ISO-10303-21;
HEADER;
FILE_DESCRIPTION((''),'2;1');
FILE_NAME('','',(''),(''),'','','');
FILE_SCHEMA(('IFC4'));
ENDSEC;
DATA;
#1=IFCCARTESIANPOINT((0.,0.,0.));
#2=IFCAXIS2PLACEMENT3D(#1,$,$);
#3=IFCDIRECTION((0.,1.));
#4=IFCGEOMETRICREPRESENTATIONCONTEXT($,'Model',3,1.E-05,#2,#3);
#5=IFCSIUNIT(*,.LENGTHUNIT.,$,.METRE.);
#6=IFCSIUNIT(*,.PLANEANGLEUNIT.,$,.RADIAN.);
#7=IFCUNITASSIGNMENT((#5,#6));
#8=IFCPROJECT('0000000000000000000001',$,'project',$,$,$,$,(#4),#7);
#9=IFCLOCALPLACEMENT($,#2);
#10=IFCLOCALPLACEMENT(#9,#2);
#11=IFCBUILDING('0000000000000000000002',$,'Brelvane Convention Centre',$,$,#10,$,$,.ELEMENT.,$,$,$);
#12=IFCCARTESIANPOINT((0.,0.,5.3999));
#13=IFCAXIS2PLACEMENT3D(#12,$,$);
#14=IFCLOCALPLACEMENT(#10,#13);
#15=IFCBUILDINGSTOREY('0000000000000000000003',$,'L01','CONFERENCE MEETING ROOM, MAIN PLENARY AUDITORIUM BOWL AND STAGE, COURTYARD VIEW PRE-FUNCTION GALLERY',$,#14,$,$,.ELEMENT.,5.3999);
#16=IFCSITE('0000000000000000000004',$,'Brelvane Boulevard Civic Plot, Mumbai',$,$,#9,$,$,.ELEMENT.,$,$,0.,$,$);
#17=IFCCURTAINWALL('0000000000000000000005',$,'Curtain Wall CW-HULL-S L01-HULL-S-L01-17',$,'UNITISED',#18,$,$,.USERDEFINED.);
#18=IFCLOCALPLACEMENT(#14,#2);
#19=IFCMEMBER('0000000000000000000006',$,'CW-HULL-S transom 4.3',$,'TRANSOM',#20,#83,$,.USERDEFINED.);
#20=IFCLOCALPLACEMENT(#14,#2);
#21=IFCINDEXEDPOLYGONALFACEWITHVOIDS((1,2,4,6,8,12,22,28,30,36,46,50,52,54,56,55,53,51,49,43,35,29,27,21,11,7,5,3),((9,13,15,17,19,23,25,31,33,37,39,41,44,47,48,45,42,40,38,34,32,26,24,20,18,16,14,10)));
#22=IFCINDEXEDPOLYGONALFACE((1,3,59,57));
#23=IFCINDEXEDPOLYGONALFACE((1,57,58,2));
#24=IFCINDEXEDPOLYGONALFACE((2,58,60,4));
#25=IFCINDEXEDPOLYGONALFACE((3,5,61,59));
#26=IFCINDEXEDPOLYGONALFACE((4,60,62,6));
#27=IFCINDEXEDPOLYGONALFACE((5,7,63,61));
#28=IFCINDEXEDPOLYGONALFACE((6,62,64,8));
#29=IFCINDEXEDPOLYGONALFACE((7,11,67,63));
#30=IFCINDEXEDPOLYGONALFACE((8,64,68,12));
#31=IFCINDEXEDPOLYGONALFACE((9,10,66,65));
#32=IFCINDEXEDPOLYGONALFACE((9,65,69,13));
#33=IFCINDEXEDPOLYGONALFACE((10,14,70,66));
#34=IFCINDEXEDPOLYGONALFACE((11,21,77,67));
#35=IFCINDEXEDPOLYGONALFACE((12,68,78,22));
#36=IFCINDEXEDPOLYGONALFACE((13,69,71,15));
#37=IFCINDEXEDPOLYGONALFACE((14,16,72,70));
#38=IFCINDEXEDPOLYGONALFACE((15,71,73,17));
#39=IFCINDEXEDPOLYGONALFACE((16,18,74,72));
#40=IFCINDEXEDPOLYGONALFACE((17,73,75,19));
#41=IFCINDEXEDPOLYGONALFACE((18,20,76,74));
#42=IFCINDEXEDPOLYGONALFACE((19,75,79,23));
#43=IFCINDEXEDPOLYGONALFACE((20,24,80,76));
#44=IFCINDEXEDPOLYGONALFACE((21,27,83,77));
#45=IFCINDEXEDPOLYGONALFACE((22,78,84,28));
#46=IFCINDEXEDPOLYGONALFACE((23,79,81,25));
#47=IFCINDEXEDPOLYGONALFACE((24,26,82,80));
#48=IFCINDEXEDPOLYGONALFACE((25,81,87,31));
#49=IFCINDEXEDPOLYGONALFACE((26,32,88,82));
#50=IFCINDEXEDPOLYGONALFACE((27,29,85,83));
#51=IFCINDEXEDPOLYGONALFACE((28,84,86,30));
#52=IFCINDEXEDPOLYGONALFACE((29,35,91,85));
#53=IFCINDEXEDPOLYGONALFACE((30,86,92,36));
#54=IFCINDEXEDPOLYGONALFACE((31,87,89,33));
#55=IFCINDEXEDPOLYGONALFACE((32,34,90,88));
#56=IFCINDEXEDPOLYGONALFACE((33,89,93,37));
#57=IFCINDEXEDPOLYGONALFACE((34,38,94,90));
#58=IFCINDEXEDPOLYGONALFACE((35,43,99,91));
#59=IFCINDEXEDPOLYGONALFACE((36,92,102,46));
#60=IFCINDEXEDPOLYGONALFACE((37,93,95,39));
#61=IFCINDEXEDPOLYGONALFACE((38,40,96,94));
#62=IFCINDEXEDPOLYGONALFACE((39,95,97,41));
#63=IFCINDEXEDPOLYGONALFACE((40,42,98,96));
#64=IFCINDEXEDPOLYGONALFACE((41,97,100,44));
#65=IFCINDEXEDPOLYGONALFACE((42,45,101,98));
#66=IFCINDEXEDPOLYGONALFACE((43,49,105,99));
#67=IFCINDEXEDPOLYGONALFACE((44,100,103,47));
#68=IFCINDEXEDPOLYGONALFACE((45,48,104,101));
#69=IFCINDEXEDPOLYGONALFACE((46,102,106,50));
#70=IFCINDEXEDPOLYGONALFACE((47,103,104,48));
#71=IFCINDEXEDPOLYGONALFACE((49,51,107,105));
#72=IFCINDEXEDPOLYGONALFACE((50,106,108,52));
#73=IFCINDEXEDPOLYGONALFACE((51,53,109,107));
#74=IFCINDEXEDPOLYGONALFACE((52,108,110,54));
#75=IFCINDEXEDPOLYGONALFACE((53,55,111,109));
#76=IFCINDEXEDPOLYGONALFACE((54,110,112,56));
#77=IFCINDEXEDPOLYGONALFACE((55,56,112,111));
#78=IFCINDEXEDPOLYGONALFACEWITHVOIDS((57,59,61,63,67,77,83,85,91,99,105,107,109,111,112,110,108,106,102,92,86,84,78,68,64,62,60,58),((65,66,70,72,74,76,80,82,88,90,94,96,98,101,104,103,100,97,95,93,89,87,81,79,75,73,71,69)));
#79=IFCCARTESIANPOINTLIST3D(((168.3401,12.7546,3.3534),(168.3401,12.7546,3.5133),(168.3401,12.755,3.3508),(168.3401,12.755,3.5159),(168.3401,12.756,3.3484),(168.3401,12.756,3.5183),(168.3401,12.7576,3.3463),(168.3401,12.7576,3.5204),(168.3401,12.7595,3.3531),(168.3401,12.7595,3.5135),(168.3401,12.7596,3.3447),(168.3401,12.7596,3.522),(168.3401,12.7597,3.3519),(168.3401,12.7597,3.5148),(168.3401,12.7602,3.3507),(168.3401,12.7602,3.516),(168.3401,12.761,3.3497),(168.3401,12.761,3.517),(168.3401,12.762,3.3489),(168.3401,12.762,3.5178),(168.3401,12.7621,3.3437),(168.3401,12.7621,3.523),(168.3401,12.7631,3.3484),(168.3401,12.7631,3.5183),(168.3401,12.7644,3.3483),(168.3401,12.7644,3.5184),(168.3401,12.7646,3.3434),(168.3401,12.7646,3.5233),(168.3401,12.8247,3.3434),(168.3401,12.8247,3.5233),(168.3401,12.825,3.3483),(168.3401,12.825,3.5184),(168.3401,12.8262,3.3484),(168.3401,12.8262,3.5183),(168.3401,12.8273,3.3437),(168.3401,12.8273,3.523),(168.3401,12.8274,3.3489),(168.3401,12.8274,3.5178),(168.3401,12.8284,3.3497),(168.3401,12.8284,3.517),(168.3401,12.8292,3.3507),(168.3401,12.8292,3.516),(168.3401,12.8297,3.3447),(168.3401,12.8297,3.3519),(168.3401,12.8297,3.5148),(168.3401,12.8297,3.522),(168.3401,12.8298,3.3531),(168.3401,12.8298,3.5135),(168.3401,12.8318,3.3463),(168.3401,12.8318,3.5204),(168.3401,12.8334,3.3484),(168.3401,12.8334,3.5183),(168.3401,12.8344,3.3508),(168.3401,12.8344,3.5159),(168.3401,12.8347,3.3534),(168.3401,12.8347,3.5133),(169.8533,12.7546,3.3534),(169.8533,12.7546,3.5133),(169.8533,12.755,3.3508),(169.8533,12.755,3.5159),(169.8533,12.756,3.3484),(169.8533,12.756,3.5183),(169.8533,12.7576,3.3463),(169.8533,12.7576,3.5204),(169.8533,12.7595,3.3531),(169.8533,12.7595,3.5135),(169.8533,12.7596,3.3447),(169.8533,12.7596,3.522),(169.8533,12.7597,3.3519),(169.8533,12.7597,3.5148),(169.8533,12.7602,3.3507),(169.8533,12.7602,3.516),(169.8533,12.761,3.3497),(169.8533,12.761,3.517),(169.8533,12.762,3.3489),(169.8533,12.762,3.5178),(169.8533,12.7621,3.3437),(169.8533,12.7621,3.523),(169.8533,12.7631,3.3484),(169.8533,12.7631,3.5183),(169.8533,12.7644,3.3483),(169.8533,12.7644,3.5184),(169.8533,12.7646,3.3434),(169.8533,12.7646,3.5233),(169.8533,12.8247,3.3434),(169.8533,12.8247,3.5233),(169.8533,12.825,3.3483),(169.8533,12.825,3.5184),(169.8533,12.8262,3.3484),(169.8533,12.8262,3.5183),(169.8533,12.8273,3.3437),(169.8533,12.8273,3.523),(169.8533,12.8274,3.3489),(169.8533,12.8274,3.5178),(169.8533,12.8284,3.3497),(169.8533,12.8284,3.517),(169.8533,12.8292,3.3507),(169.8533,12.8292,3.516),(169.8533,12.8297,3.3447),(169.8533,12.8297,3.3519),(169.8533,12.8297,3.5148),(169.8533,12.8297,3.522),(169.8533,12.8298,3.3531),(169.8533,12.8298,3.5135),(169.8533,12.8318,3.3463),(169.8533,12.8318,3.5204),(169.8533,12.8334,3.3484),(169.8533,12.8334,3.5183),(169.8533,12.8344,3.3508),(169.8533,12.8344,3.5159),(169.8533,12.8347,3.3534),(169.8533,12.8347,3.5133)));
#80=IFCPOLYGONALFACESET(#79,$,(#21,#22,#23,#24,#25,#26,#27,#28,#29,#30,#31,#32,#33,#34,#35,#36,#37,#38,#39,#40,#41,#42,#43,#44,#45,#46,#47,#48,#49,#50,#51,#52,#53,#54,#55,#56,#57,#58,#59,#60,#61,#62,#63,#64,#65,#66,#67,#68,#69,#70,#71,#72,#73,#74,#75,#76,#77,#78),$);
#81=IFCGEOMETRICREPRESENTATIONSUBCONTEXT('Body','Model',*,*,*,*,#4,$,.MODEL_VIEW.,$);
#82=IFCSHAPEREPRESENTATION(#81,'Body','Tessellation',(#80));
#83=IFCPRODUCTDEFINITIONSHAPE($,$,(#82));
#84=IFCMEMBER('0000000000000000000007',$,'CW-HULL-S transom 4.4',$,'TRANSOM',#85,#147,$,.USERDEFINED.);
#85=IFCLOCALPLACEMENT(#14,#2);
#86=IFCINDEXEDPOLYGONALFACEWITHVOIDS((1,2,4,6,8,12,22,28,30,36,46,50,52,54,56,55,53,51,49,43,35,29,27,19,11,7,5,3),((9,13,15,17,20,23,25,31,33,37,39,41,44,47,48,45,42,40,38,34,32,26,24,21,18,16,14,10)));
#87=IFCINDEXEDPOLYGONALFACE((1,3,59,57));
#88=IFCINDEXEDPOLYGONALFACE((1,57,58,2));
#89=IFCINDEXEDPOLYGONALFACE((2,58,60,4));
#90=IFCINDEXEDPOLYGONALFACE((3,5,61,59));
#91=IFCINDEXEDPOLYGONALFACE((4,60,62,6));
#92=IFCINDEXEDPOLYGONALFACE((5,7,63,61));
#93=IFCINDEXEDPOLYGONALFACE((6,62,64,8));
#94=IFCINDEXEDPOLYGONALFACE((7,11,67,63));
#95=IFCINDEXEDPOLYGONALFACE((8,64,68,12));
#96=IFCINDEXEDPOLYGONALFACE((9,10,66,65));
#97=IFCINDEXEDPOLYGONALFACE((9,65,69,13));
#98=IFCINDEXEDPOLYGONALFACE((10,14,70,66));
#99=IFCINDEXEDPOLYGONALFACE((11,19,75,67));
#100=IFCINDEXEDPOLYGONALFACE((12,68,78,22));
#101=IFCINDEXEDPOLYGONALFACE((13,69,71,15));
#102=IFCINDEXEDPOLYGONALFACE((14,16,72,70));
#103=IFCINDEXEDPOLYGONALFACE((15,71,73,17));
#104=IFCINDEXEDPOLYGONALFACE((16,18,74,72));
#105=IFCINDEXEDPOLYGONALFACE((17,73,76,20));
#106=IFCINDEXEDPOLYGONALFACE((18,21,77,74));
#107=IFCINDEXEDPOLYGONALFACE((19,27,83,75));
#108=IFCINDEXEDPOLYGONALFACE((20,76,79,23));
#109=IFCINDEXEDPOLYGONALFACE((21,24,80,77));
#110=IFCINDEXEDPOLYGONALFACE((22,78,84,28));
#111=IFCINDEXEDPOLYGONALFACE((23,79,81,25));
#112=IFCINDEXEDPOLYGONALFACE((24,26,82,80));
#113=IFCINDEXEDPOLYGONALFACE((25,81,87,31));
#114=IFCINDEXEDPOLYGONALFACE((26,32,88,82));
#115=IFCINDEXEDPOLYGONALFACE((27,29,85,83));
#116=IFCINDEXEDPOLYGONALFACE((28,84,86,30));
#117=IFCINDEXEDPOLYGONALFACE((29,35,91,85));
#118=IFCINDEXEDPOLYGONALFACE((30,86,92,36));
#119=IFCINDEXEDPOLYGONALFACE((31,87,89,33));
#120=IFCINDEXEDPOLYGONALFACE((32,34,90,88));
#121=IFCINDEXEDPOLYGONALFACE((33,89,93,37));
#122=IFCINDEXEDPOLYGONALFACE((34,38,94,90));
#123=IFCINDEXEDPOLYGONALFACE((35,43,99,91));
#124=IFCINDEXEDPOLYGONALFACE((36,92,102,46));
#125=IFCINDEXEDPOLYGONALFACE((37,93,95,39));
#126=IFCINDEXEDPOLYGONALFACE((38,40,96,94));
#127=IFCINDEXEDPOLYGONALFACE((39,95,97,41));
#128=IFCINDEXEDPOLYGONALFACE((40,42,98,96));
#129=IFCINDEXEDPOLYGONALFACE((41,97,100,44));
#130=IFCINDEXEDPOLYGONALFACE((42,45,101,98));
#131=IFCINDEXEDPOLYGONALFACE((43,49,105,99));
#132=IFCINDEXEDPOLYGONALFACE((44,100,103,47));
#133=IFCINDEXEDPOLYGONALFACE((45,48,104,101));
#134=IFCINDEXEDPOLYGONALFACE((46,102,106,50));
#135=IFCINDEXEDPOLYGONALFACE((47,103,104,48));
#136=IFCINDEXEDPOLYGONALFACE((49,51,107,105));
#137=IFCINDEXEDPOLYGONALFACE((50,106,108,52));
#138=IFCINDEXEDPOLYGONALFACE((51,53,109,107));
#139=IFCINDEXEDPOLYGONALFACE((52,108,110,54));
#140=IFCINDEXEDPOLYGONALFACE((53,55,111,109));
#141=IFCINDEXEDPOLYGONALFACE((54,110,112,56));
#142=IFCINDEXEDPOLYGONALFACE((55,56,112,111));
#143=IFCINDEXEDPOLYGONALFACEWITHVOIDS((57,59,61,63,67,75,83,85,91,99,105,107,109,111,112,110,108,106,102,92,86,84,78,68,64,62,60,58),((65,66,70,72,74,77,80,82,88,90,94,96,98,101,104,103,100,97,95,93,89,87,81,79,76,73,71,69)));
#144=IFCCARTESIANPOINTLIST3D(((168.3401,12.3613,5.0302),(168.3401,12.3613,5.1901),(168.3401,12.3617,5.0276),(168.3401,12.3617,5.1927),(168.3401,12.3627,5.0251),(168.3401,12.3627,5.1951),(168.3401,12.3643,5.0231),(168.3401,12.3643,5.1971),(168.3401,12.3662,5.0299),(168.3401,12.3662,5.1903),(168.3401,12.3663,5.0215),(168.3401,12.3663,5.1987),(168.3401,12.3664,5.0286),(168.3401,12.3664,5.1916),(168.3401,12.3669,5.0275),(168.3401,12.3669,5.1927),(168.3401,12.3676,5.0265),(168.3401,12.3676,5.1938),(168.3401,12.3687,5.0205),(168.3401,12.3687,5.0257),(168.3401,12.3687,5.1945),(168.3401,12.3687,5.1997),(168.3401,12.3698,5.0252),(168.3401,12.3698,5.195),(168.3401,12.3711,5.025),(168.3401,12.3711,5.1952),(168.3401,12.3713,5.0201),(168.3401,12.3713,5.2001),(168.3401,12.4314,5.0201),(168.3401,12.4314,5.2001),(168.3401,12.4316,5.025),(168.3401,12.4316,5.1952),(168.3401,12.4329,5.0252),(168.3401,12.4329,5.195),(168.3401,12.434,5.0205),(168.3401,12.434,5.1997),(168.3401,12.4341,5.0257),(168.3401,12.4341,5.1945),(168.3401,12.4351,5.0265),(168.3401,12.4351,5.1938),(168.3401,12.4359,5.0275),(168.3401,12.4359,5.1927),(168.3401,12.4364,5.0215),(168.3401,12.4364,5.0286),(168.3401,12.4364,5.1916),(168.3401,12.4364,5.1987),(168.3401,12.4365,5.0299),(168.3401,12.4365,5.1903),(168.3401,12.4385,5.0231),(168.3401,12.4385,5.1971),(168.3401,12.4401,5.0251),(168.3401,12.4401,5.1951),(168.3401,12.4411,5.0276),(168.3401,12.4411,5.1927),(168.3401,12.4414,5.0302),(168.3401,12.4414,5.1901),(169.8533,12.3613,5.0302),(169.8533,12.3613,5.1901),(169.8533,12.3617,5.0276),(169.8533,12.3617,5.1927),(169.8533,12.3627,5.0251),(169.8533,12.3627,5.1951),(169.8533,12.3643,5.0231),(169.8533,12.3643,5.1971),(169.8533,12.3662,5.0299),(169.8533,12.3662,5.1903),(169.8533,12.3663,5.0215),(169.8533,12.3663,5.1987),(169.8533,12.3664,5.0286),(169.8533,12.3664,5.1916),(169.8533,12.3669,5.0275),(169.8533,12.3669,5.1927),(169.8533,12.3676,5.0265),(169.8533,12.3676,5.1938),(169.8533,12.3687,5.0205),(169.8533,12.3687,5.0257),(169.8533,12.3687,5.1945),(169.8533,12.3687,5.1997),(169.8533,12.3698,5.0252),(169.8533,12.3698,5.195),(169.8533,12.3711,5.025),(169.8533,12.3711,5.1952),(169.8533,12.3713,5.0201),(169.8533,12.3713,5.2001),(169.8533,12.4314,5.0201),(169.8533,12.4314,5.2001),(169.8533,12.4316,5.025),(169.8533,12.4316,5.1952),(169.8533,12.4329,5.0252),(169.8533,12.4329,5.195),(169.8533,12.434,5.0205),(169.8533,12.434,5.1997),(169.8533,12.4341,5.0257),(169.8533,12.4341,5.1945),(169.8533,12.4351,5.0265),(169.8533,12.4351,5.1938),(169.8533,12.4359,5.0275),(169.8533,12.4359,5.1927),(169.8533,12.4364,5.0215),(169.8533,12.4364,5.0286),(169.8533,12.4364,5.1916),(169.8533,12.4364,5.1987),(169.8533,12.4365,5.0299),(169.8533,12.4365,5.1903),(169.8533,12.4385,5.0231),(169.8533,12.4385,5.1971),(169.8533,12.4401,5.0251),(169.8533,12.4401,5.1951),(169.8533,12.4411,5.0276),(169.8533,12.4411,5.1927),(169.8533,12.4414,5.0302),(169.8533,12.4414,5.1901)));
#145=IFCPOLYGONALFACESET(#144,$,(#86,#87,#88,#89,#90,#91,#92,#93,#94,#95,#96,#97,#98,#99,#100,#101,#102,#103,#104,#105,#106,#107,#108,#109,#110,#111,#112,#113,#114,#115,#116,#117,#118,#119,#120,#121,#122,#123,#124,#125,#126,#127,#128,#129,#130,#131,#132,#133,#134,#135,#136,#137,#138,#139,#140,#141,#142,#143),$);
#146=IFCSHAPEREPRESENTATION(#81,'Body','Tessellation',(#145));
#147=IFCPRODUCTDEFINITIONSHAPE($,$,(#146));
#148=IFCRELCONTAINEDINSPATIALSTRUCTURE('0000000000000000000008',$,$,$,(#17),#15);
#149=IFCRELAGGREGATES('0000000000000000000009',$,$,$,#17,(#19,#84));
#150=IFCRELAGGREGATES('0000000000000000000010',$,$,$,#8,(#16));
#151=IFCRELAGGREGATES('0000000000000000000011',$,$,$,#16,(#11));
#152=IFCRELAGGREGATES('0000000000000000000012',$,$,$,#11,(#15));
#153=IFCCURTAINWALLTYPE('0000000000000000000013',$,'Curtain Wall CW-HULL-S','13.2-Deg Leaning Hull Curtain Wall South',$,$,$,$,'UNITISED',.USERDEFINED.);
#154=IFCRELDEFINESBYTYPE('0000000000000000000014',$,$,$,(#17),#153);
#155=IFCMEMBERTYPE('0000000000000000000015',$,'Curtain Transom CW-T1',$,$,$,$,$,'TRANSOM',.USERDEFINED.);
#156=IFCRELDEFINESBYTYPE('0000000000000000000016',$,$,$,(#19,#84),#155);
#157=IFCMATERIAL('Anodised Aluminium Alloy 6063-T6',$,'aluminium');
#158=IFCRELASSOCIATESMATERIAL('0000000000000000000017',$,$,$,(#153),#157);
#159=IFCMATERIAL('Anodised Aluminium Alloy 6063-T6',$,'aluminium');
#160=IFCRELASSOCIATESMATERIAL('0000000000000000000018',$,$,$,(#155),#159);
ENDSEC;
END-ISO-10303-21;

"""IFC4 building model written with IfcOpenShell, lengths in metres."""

from ifc_helpers import new_model, si_unit, direction, frame, origin, origin_2d, place, context, subcontext, project, spatial, hollow_rectangle, extrude, material, material_profile, profile_set, type_object, element, aggregate, save


model = new_model("IFC4")

# Units and contexts
model_context = context("Model", 3, precision=1e-05, world=origin(), true_north=direction((0.0, 1.0)))
body_context = subcontext(model_context, "Body", "Model", "MODEL_VIEW")
ifc_project = project(units=[si_unit("LENGTHUNIT", "METRE"), si_unit("PLANEANGLEUNIT", "RADIAN")], contexts=[model_context])

# Site, building, storey
site_placement = place(None, origin())
site = spatial("IfcSite", under=ifc_project, at=site_placement, Name="Brelvane Boulevard Civic Plot, Mumbai", CompositionType="ELEMENT", RefElevation=0.0)
building_placement = place(site_placement, origin())
building = spatial("IfcBuilding", under=site, at=building_placement, Name="Brelvane Convention Centre", CompositionType="ELEMENT")
storey_placement = place(building_placement, frame((0.0, 0.0, 5.3999)))
storey = spatial("IfcBuildingStorey", under=building, at=storey_placement, Name="L01", Description="CONFERENCE MEETING ROOM, MAIN PLENARY AUDITORIUM BOWL AND STAGE, COURTYARD VIEW PRE-FUNCTION GALLERY", CompositionType="ELEMENT", Elevation=5.3999)

# Curtain wall, members
ifc_material_1 = material(Name="Anodised Aluminium Alloy 6063-T6", Category="aluminium")
curtain_wall_type = type_object("IfcCurtainWallType", Name="Curtain Wall CW-HULL-S", Description="13.2-Deg Leaning Hull Curtain Wall South", ElementType="UNITISED", PredefinedType="USERDEFINED", material=ifc_material_1)
ifc_material_2 = material(Name="Anodised Aluminium Alloy 6063-T6", Category="aluminium")
ifc_material_profile = material_profile(ifc_material_2, hollow_rectangle(XDim=0.0801, YDim=0.1799, WallThickness=0.0049, InnerFilletRadius=0.0049, OuterFilletRadius=0.01, at=origin_2d()), Name="ALU-T 180x80x5.0")
ifc_profile_set = profile_set([ifc_material_profile], Name="Anodised Aluminium Alloy 6063-T6")
member_type = type_object("IfcMemberType", Name="Curtain Transom CW-T1", ElementType="TRANSOM", PredefinedType="USERDEFINED", material=ifc_profile_set)
curtain_wall_1_placement = place(storey_placement, origin())
curtain_wall_1 = element("IfcCurtainWall", 1, at=curtain_wall_1_placement, inside=storey, type_object=curtain_wall_type, Name="Curtain Wall CW-HULL-S L01-HULL-S-L01-17", ObjectType="UNITISED", PredefinedType="USERDEFINED")
member_1_placement = place(storey_placement, frame((168.3401, 12.7947, 3.4333), z_axis=(1.0, 0.0, 0.0), x_axis=(0.0, 1.0, 0.0)))
member_1 = element("IfcMember", 2, at=member_1_placement, type_object=member_type, Name="CW-HULL-S transom 4.3", ObjectType="TRANSOM", PredefinedType="USERDEFINED", context=body_context, shape_type="SweptSolid", body=[
    extrude(hollow_rectangle(XDim=0.0801, YDim=0.1799, WallThickness=0.0049, InnerFilletRadius=0.0049, OuterFilletRadius=0.01, at=origin_2d()), origin(), (0.0, 0.0, 1.0), 1.5132),
])
member_2_placement = place(storey_placement, frame((168.3401, 12.4014, 5.1101), z_axis=(1.0, 0.0, 0.0), x_axis=(0.0, 1.0, 0.0)))
member_2 = element("IfcMember", 3, at=member_2_placement, type_object=member_type, Name="CW-HULL-S transom 4.4", ObjectType="TRANSOM", PredefinedType="USERDEFINED", context=body_context, shape_type="SweptSolid", body=[
    extrude(hollow_rectangle(XDim=0.0801, YDim=0.1799, WallThickness=0.0049, InnerFilletRadius=0.0049, OuterFilletRadius=0.01, at=origin_2d()), origin(), (0.0, 0.0, 1.0), 1.5132),
])

aggregate(curtain_wall_1, [member_1, member_2])

save(model, "model.ifc")
